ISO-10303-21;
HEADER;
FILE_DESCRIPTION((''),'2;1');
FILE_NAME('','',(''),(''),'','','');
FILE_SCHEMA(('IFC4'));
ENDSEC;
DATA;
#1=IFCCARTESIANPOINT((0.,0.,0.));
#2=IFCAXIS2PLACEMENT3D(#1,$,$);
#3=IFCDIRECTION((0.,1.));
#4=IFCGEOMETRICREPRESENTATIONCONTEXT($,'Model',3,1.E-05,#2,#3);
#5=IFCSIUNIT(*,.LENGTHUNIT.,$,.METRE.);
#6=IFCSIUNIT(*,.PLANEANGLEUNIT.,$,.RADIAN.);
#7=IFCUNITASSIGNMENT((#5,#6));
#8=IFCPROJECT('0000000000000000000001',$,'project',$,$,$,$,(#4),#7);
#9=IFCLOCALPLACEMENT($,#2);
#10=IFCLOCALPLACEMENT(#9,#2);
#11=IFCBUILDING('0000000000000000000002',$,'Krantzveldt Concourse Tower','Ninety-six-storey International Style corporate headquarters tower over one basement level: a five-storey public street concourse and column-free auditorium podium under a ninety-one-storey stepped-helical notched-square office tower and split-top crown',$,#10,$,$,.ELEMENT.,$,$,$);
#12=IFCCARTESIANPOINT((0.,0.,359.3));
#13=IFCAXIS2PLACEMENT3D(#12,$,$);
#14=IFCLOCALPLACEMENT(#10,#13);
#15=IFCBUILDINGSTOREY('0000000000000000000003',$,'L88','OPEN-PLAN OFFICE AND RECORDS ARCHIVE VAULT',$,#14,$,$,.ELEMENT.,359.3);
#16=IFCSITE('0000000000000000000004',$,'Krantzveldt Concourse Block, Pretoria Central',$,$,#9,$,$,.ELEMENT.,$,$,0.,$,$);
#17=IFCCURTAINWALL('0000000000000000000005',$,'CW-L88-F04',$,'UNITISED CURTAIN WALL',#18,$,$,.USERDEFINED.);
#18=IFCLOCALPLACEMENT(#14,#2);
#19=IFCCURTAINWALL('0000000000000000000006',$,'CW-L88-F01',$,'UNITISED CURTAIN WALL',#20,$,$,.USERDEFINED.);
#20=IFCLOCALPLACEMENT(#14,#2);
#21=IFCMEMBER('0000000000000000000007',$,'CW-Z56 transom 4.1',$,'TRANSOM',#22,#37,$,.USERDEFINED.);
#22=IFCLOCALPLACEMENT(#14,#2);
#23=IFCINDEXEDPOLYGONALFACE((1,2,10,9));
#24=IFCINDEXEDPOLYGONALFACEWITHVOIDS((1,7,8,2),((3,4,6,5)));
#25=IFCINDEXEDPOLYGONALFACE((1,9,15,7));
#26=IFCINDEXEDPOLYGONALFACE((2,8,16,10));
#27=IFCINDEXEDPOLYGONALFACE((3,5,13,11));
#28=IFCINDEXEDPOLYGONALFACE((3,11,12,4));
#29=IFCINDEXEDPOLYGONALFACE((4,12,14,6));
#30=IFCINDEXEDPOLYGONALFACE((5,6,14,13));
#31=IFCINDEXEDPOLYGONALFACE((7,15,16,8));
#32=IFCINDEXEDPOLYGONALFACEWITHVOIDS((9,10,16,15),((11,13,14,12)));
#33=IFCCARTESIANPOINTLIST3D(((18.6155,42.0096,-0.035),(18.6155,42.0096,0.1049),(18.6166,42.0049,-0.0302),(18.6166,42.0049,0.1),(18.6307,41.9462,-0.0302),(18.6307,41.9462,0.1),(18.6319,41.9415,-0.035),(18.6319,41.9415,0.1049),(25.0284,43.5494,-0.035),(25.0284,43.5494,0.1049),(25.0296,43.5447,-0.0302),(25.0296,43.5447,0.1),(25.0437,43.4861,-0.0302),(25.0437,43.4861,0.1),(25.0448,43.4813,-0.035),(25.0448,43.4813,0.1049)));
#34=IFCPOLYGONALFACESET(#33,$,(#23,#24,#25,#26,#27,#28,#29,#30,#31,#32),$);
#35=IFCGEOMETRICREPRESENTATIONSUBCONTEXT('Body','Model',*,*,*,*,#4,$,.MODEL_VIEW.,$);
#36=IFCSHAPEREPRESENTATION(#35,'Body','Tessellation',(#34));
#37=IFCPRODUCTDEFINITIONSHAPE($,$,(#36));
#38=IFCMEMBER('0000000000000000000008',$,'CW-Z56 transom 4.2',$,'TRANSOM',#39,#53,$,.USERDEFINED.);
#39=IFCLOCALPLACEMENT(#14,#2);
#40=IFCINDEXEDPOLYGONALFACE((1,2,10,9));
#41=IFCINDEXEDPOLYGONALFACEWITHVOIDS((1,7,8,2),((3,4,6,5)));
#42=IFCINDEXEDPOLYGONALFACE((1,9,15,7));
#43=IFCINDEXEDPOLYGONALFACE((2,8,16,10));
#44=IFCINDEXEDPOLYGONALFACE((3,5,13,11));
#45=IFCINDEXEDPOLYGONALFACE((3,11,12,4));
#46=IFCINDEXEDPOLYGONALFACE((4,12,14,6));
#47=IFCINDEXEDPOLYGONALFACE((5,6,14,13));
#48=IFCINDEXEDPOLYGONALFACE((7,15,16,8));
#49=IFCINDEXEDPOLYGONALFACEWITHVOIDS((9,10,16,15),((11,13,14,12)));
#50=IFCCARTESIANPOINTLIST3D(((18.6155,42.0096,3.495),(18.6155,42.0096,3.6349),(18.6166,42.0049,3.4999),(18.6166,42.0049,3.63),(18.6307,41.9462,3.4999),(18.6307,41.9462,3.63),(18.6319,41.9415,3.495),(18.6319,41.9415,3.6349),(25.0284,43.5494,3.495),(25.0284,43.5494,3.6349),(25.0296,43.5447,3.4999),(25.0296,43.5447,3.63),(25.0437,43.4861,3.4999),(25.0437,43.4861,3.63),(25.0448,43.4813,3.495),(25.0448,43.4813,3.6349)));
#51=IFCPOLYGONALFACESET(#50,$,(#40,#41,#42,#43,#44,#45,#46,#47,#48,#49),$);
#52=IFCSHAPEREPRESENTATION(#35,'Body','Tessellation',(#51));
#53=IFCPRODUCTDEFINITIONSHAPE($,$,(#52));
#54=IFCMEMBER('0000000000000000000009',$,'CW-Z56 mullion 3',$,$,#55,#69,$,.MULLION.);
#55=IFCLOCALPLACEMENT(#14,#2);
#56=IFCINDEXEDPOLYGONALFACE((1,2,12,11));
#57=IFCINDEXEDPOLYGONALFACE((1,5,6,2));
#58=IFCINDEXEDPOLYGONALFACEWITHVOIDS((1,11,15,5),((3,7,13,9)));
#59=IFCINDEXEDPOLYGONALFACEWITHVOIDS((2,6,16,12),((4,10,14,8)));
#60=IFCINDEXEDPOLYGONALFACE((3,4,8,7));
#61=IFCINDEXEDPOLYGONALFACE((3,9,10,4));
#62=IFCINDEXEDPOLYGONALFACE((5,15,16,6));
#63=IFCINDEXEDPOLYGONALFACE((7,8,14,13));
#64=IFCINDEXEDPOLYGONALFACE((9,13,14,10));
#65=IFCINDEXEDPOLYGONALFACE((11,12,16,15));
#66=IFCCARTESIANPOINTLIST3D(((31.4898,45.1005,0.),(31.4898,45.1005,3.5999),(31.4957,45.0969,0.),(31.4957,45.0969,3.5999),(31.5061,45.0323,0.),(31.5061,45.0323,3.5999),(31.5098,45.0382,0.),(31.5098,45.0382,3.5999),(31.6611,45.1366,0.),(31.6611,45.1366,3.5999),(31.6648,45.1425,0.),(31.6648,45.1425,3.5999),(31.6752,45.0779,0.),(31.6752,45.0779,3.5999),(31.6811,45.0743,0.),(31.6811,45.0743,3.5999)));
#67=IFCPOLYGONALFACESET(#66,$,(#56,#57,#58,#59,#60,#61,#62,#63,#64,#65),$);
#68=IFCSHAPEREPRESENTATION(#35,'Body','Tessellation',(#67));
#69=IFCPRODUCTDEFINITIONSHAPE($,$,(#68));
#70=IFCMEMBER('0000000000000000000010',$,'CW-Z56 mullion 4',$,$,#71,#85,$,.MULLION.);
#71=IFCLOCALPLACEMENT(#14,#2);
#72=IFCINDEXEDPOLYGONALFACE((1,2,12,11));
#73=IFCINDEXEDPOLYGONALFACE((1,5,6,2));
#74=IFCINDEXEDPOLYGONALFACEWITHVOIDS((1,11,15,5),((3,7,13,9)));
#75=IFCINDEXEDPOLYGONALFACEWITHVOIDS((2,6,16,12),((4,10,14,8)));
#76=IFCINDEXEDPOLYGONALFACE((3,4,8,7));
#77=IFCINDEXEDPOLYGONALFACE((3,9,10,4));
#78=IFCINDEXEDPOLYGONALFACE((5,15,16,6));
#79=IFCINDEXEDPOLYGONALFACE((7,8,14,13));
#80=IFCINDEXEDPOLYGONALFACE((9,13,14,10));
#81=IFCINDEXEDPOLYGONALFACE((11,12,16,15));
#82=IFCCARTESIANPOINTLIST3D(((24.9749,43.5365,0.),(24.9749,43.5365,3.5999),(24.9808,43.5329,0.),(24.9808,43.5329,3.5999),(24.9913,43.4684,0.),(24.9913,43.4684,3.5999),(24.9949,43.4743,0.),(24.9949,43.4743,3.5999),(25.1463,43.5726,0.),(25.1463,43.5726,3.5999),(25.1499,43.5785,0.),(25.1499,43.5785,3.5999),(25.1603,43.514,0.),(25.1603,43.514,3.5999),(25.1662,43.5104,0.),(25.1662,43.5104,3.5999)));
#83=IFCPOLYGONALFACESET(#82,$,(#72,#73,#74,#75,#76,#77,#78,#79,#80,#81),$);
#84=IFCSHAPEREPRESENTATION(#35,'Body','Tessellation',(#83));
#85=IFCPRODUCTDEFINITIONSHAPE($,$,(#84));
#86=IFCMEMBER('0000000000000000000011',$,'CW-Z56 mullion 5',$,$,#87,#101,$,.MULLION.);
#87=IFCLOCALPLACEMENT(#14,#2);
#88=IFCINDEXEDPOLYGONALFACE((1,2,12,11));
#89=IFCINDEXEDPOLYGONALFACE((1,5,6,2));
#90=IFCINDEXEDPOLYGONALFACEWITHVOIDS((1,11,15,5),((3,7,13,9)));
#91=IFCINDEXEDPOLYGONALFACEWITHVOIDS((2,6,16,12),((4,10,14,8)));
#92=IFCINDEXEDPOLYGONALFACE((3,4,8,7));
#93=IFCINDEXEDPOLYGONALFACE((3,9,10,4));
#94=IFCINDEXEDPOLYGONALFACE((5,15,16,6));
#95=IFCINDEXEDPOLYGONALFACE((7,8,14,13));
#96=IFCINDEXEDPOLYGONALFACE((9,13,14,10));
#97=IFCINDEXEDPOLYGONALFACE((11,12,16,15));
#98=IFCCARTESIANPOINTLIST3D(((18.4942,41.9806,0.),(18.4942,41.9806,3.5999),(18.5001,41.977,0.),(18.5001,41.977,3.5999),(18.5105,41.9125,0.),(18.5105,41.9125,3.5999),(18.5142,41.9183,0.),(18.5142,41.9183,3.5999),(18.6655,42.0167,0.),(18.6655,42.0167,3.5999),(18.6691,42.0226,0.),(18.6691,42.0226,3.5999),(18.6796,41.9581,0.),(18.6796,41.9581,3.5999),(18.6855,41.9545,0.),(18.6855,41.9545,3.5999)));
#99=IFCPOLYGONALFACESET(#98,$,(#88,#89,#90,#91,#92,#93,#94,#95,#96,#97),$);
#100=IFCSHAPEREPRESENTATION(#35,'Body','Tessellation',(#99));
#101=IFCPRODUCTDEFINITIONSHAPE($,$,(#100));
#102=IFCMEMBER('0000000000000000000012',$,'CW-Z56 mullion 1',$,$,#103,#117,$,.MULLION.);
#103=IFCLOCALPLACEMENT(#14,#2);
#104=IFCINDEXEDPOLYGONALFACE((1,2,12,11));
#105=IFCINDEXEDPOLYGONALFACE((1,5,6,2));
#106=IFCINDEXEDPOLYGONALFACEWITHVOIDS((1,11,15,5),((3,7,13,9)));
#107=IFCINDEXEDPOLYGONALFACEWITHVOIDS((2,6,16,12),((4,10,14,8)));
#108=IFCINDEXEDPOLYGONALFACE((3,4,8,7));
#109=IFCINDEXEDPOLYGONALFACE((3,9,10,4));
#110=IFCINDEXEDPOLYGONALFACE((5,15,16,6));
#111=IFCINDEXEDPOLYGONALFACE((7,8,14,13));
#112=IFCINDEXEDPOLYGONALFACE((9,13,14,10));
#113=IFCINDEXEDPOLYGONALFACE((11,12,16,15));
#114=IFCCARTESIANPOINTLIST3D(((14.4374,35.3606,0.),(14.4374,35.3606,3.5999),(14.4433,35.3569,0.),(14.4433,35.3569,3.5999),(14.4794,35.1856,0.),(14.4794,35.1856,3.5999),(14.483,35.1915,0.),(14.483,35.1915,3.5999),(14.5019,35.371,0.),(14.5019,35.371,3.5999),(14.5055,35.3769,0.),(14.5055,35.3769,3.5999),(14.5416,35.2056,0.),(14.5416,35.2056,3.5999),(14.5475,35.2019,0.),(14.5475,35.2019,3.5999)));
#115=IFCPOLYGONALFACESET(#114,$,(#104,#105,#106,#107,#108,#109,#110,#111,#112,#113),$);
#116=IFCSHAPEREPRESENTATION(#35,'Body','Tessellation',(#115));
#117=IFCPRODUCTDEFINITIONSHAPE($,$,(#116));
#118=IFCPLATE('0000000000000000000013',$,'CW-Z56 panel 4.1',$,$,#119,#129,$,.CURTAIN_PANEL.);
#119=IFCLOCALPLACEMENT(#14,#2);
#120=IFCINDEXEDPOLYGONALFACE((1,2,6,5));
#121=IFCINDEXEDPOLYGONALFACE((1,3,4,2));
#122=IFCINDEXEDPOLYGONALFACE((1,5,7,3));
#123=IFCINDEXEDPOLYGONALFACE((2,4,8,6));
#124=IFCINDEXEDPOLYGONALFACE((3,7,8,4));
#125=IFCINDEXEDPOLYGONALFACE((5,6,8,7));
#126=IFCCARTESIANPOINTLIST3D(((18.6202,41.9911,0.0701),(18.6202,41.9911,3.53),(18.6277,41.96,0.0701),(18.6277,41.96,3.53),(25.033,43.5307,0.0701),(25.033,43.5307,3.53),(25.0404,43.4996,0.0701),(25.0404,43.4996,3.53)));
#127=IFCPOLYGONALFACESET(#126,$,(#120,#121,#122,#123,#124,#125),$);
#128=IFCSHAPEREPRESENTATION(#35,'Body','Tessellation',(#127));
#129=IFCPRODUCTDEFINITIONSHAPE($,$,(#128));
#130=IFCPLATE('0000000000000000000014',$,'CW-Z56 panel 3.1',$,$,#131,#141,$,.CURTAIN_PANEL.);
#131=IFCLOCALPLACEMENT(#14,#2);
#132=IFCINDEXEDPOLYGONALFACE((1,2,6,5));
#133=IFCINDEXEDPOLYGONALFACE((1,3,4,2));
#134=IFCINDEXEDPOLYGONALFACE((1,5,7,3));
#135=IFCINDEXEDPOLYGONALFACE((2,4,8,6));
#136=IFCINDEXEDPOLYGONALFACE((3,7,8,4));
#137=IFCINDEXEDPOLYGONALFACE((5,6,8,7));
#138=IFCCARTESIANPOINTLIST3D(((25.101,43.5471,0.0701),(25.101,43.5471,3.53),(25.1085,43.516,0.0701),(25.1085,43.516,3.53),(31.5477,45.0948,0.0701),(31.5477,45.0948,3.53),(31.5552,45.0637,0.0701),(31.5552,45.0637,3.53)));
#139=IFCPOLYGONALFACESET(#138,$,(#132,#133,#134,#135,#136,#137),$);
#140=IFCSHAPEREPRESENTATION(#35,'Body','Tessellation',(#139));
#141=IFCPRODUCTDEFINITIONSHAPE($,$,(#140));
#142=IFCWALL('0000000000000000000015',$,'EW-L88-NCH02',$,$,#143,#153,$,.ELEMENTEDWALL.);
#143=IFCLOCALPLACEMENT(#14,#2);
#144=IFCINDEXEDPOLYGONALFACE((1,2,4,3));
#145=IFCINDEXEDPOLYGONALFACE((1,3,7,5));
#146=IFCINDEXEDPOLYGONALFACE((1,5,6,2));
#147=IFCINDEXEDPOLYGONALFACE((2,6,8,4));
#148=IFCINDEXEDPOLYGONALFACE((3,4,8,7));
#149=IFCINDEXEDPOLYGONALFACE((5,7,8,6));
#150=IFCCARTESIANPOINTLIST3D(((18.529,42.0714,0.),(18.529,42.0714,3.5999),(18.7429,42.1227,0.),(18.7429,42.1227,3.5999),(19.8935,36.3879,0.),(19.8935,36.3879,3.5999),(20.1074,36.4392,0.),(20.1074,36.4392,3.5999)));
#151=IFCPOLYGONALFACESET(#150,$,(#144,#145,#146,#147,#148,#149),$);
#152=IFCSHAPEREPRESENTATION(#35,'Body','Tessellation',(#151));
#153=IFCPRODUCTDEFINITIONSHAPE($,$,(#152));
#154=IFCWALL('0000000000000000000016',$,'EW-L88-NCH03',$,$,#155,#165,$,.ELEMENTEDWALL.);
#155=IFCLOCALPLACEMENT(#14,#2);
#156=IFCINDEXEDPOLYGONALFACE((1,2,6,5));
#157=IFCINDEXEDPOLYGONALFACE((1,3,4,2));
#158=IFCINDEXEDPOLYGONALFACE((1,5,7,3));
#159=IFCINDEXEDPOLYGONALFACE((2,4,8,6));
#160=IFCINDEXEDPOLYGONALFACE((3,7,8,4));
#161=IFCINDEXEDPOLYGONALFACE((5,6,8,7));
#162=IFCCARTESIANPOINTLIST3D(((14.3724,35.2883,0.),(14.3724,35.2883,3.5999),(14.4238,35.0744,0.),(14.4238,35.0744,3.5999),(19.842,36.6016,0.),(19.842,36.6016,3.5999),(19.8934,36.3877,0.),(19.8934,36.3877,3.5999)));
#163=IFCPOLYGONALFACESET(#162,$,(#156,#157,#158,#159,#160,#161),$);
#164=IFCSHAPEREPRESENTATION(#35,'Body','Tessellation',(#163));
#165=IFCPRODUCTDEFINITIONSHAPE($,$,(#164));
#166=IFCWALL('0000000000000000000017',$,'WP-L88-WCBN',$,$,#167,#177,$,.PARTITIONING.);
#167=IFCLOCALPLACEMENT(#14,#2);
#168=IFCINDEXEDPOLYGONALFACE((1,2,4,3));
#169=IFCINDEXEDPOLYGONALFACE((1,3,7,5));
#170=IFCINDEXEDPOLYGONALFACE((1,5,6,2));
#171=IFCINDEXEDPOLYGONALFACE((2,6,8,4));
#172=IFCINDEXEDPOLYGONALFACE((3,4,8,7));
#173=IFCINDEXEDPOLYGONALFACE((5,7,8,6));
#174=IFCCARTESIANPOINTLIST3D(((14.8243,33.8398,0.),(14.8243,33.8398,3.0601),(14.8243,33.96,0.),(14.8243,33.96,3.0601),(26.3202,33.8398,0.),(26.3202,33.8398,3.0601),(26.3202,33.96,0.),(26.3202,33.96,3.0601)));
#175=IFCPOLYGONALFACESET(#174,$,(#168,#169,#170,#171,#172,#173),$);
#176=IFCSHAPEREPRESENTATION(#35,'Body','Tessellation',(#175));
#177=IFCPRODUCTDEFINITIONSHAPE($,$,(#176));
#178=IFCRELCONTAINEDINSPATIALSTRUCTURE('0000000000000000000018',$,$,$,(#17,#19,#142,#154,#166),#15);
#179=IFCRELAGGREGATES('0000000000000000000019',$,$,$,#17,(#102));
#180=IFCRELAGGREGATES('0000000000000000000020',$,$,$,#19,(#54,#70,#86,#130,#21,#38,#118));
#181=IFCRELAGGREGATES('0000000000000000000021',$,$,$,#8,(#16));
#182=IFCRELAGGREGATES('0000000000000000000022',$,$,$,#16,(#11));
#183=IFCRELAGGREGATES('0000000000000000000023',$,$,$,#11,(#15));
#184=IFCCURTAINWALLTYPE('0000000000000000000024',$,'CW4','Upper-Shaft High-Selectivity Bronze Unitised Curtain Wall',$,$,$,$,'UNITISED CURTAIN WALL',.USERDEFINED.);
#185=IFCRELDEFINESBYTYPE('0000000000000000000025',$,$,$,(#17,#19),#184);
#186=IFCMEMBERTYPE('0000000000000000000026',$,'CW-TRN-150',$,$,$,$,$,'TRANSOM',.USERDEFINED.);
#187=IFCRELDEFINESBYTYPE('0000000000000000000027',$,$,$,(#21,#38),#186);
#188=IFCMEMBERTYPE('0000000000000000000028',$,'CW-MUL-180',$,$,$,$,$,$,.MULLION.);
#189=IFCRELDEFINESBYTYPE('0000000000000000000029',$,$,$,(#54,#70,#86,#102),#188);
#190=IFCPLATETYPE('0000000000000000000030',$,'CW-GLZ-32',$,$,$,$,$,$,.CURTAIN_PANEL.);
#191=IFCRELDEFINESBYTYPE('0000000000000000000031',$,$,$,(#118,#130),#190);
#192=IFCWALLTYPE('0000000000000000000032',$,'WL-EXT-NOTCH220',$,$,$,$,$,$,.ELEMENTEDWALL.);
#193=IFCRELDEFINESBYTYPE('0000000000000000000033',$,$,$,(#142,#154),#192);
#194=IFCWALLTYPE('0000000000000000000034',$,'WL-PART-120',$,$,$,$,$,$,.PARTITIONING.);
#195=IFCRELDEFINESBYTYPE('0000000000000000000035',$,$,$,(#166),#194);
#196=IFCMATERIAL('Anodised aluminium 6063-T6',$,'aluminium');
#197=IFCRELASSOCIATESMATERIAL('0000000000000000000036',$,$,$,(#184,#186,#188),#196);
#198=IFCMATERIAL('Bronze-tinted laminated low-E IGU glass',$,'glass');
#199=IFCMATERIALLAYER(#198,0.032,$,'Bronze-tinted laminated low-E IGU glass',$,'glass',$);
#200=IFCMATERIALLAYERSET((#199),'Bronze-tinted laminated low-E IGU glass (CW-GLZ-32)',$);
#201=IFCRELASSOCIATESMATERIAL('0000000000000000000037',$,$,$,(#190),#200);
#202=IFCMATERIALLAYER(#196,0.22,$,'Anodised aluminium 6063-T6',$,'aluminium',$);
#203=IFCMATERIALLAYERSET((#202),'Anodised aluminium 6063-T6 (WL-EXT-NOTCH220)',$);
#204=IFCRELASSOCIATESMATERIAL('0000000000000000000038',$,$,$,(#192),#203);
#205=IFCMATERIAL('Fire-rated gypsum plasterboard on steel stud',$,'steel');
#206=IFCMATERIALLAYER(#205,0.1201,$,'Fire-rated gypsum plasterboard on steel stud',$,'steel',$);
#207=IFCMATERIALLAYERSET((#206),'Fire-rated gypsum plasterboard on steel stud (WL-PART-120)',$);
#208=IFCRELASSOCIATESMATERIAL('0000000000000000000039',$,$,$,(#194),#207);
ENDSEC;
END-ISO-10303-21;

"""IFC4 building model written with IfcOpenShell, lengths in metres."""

from ifc_helpers import new_model, si_unit, direction, frame, frame_2d, origin, origin_2d, place, context, subcontext, project, spatial, rectangle, hollow_rectangle, extrude, source, transform, mapped, material, layer, layer_set, material_profile, profile_set, type_object, type_shapes, element, aggregate, save


model = new_model("IFC4")

# Units and contexts
model_context = context("Model", 3, precision=1e-05, world=origin(), true_north=direction((0.0, 1.0)))
body_context = subcontext(model_context, "Body", "Model", "MODEL_VIEW")
ifc_project = project(units=[si_unit("LENGTHUNIT", "METRE"), si_unit("PLANEANGLEUNIT", "RADIAN")], contexts=[model_context])

# Site, building, storey
site_placement = place(None, origin())
site = spatial("IfcSite", under=ifc_project, at=site_placement, Name="Krantzveldt Concourse Block, Pretoria Central", CompositionType="ELEMENT", RefElevation=0.0)
building_placement = place(site_placement, origin())
building = spatial("IfcBuilding", under=site, at=building_placement, Name="Krantzveldt Concourse Tower", Description="Ninety-six-storey International Style corporate headquarters tower over one basement level: a five-storey public street concourse and column-free auditorium podium under a ninety-one-storey stepped-helical notched-square office tower and split-top crown", CompositionType="ELEMENT")
storey_placement = place(building_placement, frame((0.0, 0.0, 359.3)))
storey = spatial("IfcBuildingStorey", under=building, at=storey_placement, Name="L88", Description="OPEN-PLAN OFFICE AND RECORDS ARCHIVE VAULT", CompositionType="ELEMENT", Elevation=359.3)

# Curtain walls, members
ifc_material_1 = material(Name="Anodised aluminium 6063-T6", Category="aluminium")
curtain_wall_type = type_object("IfcCurtainWallType", Name="CW4", Description="Upper-Shaft High-Selectivity Bronze Unitised Curtain Wall", ElementType="UNITISED CURTAIN WALL", PredefinedType="USERDEFINED", material=ifc_material_1)
curtain_wall_1_placement = place(storey_placement, origin())
curtain_wall_1 = element("IfcCurtainWall", 1, at=curtain_wall_1_placement, inside=storey, type_object=curtain_wall_type, Name="CW-L88-F04", ObjectType="UNITISED CURTAIN WALL", PredefinedType="USERDEFINED")
ifc_material_profile_1 = material_profile(ifc_material_1, hollow_rectangle(XDim=0.0701, YDim=0.1399, WallThickness=0.0049, at=origin_2d()), Name="Anodised aluminium 6063-T6", Category="aluminium")
ifc_profile_set_1 = profile_set([ifc_material_profile_1], Name="Anodised aluminium 6063-T6 - ALU-TRAN 140x70x5")
member_type_1 = type_object("IfcMemberType", Name="CW-TRN-150", ElementType="TRANSOM", PredefinedType="USERDEFINED", material=ifc_profile_set_1)
curtain_wall_2_placement = place(storey_placement, origin())
curtain_wall_2 = element("IfcCurtainWall", 2, at=curtain_wall_2_placement, inside=storey, type_object=curtain_wall_type, Name="CW-L88-F01", ObjectType="UNITISED CURTAIN WALL", PredefinedType="USERDEFINED")
shared_shape_1 = source(origin(), body_context, "Body", "SweptSolid", [
    extrude(hollow_rectangle(XDim=0.0701, YDim=0.1399, WallThickness=0.0049, at=origin_2d()), origin(), (0.0, 0.0, 1.0), 6.5952),
])
member_1_placement = place(storey_placement, frame((25.0366, 43.5154, 0.0349), z_axis=(-0.972363, -0.233475, 0.0), x_axis=(0.233475, -0.972363, 0.0)))
member_1 = element("IfcMember", 3, at=member_1_placement, type_object=member_type_1, Name="CW-Z56 transom 4.1", ObjectType="TRANSOM", PredefinedType="USERDEFINED", context=body_context, shape_type="MappedRepresentation", body=[
    mapped(shared_shape_1, transform((0.0, 0.0, 0.0), x_axis=(1.0, 0.0, 0.0), y_axis=(0.0, 1.0, 0.0), z_axis=(0.0, 0.0, 1.0), scale=1.0)),
])
member_2_placement = place(storey_placement, frame((25.0366, 43.5154, 3.5649), z_axis=(-0.972363, -0.233475, 0.0), x_axis=(0.233475, -0.972363, 0.0)))
member_2 = element("IfcMember", 4, at=member_2_placement, type_object=member_type_1, Name="CW-Z56 transom 4.2", ObjectType="TRANSOM", PredefinedType="USERDEFINED", context=body_context, shape_type="MappedRepresentation", body=[
    mapped(shared_shape_1, transform((0.0, 0.0, 0.0), x_axis=(1.0, 0.0, 0.0), y_axis=(0.0, 1.0, 0.0), z_axis=(0.0, 0.0, 1.0), scale=1.0)),
])
ifc_material_profile_2 = material_profile(ifc_material_1, hollow_rectangle(XDim=0.0701, YDim=0.1799, WallThickness=0.0049, at=origin_2d()), Name="Anodised aluminium 6063-T6", Category="aluminium")
ifc_profile_set_2 = profile_set([ifc_material_profile_2], Name="Anodised aluminium 6063-T6 - ALU-MULL 180x70x5")
member_type_2 = type_object("IfcMemberType", Name="CW-MUL-180", PredefinedType="MULLION", material=ifc_profile_set_2)
shared_shape_2 = source(origin(), body_context, "Body", "SweptSolid", [
    extrude(hollow_rectangle(XDim=0.0701, YDim=0.1799, WallThickness=0.0049, at=origin_2d()), origin(), (0.0, 0.0, 1.0), 3.5999),
])
type_shapes(member_type_2, [shared_shape_2])
member_3_placement = place(storey_placement, frame((31.5854, 45.0874, 0.0), z_axis=(0.0, 0.0, 1.0), x_axis=(0.233445, -0.97237, 0.0)))
member_3 = element("IfcMember", 5, at=member_3_placement, type_object=member_type_2, Name="CW-Z56 mullion 3", PredefinedType="MULLION", context=body_context, shape_type="MappedRepresentation", body=[
    mapped(shared_shape_2, transform((0.0, 0.0, 0.0), x_axis=(1.0, 0.0, 0.0), y_axis=(0.0, 1.0, 0.0), z_axis=(0.0, 0.0, 1.0), scale=1.0)),
])
member_4_placement = place(storey_placement, frame((25.0706, 43.5234, 0.0), z_axis=(0.0, 0.0, 1.0), x_axis=(0.233445, -0.97237, 0.0)))
member_4 = element("IfcMember", 6, at=member_4_placement, type_object=member_type_2, Name="CW-Z56 mullion 4", PredefinedType="MULLION", context=body_context, shape_type="MappedRepresentation", body=[
    mapped(shared_shape_2, transform((0.0, 0.0, 0.0), x_axis=(1.0, 0.0, 0.0), y_axis=(0.0, 1.0, 0.0), z_axis=(0.0, 0.0, 1.0), scale=1.0)),
])
member_5_placement = place(storey_placement, frame((18.5898, 41.9675, 0.0), z_axis=(0.0, 0.0, 1.0), x_axis=(0.233445, -0.97237, 0.0)))
member_5 = element("IfcMember", 7, at=member_5_placement, type_object=member_type_2, Name="CW-Z56 mullion 5", PredefinedType="MULLION", context=body_context, shape_type="MappedRepresentation", body=[
    mapped(shared_shape_2, transform((0.0, 0.0, 0.0), x_axis=(1.0, 0.0, 0.0), y_axis=(0.0, 1.0, 0.0), z_axis=(0.0, 0.0, 1.0), scale=1.0)),
])

# Member
member_6_placement = place(storey_placement, frame((14.4924, 35.2812, 0.0), z_axis=(0.0, 0.0, 1.0), x_axis=(0.97237, 0.233445, 0.0)))
member_6 = element("IfcMember", 8, at=member_6_placement, type_object=member_type_2, Name="CW-Z56 mullion 1", PredefinedType="MULLION", context=body_context, shape_type="MappedRepresentation", body=[
    mapped(shared_shape_2, transform((0.0, 0.0, 0.0), x_axis=(1.0, 0.0, 0.0), y_axis=(0.0, 1.0, 0.0), z_axis=(0.0, 0.0, 1.0), scale=1.0)),
])
aggregate(curtain_wall_1, [member_6])

# Plates
ifc_material_2 = material(Name="Bronze-tinted laminated low-E IGU glass", Category="glass")
ifc_layer_1 = layer(ifc_material_2, 0.032, Name="Bronze-tinted laminated low-E IGU glass", Category="glass")
ifc_layer_set_1 = layer_set([ifc_layer_1], Name="Bronze-tinted laminated low-E IGU glass (CW-GLZ-32)")
plate_type = type_object("IfcPlateType", Name="CW-GLZ-32", PredefinedType="CURTAIN_PANEL", material=ifc_layer_set_1)
shared_shape_3 = source(origin(), body_context, "Body", "SweptSolid", [
    extrude(rectangle(XDim=6.595, YDim=0.032, at=origin_2d()), origin(), (0.0, 0.0, 1.0), 3.46),
])
plate_1_placement = place(storey_placement, frame((21.8303, 42.7454, 0.0701), z_axis=(0.0, 0.0, 1.0), x_axis=(-0.97237, -0.233445, 0.0)))
plate_1 = element("IfcPlate", 9, at=plate_1_placement, type_object=plate_type, Name="CW-Z56 panel 4.1", PredefinedType="CURTAIN_PANEL", context=body_context, shape_type="MappedRepresentation", body=[
    mapped(shared_shape_3, transform((0.0, 0.0, 0.0), x_axis=(1.0, 0.0, 0.0), y_axis=(0.0, 1.0, 0.0), z_axis=(0.0, 0.0, 1.0), scale=1.0)),
])
shared_shape_4 = source(origin(), body_context, "Body", "SweptSolid", [
    extrude(rectangle(XDim=6.6299, YDim=0.032, at=origin_2d()), origin(), (0.0, 0.0, 1.0), 3.46),
])
type_shapes(plate_type, [shared_shape_3, shared_shape_4])
plate_2_placement = place(storey_placement, frame((28.3281, 44.3054, 0.0701), z_axis=(0.0, 0.0, 1.0), x_axis=(-0.97237, -0.233445, 0.0)))
plate_2 = element("IfcPlate", 10, at=plate_2_placement, type_object=plate_type, Name="CW-Z56 panel 3.1", PredefinedType="CURTAIN_PANEL", context=body_context, shape_type="MappedRepresentation", body=[
    mapped(shared_shape_4, transform((0.0, 0.0, 0.0), x_axis=(1.0, 0.0, 0.0), y_axis=(0.0, 1.0, 0.0), z_axis=(0.0, 0.0, 1.0), scale=1.0)),
])
aggregate(curtain_wall_2, [member_3, member_4, member_5, plate_2, member_1, member_2, plate_1])

# Walls
ifc_layer_2 = layer(ifc_material_1, 0.22, Name="Anodised aluminium 6063-T6", Category="aluminium")
ifc_layer_set_2 = layer_set([ifc_layer_2], Name="Anodised aluminium 6063-T6 (WL-EXT-NOTCH220)")
wall_type_1 = type_object("IfcWallType", Name="WL-EXT-NOTCH220", PredefinedType="ELEMENTEDWALL", material=ifc_layer_set_2)
wall_1_placement = place(storey_placement, frame((18.636, 42.0969, 0.0), z_axis=(0.0, 0.0, 1.0), x_axis=(0.233444, -0.97237, 0.0)))
element("IfcWall", 11, at=wall_1_placement, inside=storey, type_object=wall_type_1, Name="EW-L88-NCH02", PredefinedType="ELEMENTEDWALL", context=body_context, shape_type="SweptSolid", body=[
    extrude(rectangle(XDim=5.845, YDim=0.22, at=frame_2d((2.9224, 0.0))), origin(), (0.0, 0.0, 1.0), 3.5999),
])
wall_2_placement = place(storey_placement, frame((19.8677, 36.4946, 0.0), z_axis=(0.0, 0.0, 1.0), x_axis=(-0.972365, -0.233467, 0.0)))
element("IfcWall", 12, at=wall_2_placement, inside=storey, type_object=wall_type_1, Name="EW-L88-NCH03", PredefinedType="ELEMENTEDWALL", context=body_context, shape_type="SweptSolid", body=[
    extrude(rectangle(XDim=5.625, YDim=0.22, at=frame_2d((2.8125, 0.0))), origin(), (0.0, 0.0, 1.0), 3.5999),
])
ifc_material_3 = material(Name="Fire-rated gypsum plasterboard on steel stud", Category="steel")
ifc_layer_3 = layer(ifc_material_3, 0.1201, Name="Fire-rated gypsum plasterboard on steel stud", Category="steel")
ifc_layer_set_3 = layer_set([ifc_layer_3], Name="Fire-rated gypsum plasterboard on steel stud (WL-PART-120)")
wall_type_2 = type_object("IfcWallType", Name="WL-PART-120", PredefinedType="PARTITIONING", material=ifc_layer_set_3)
wall_3_placement = place(storey_placement, frame((14.8242, 33.8999, 0.0), z_axis=(0.0, 0.0, 1.0), x_axis=(1.0, 0.0, 0.0)))
element("IfcWall", 13, at=wall_3_placement, inside=storey, type_object=wall_type_2, Name="WP-L88-WCBN", PredefinedType="PARTITIONING", context=body_context, shape_type="SweptSolid", body=[
    extrude(rectangle(XDim=11.4958, YDim=0.1201, at=frame_2d((5.748, 0.0))), origin(), (0.0, 0.0, 1.0), 3.0601),
])

save(model, "model.ifc")
